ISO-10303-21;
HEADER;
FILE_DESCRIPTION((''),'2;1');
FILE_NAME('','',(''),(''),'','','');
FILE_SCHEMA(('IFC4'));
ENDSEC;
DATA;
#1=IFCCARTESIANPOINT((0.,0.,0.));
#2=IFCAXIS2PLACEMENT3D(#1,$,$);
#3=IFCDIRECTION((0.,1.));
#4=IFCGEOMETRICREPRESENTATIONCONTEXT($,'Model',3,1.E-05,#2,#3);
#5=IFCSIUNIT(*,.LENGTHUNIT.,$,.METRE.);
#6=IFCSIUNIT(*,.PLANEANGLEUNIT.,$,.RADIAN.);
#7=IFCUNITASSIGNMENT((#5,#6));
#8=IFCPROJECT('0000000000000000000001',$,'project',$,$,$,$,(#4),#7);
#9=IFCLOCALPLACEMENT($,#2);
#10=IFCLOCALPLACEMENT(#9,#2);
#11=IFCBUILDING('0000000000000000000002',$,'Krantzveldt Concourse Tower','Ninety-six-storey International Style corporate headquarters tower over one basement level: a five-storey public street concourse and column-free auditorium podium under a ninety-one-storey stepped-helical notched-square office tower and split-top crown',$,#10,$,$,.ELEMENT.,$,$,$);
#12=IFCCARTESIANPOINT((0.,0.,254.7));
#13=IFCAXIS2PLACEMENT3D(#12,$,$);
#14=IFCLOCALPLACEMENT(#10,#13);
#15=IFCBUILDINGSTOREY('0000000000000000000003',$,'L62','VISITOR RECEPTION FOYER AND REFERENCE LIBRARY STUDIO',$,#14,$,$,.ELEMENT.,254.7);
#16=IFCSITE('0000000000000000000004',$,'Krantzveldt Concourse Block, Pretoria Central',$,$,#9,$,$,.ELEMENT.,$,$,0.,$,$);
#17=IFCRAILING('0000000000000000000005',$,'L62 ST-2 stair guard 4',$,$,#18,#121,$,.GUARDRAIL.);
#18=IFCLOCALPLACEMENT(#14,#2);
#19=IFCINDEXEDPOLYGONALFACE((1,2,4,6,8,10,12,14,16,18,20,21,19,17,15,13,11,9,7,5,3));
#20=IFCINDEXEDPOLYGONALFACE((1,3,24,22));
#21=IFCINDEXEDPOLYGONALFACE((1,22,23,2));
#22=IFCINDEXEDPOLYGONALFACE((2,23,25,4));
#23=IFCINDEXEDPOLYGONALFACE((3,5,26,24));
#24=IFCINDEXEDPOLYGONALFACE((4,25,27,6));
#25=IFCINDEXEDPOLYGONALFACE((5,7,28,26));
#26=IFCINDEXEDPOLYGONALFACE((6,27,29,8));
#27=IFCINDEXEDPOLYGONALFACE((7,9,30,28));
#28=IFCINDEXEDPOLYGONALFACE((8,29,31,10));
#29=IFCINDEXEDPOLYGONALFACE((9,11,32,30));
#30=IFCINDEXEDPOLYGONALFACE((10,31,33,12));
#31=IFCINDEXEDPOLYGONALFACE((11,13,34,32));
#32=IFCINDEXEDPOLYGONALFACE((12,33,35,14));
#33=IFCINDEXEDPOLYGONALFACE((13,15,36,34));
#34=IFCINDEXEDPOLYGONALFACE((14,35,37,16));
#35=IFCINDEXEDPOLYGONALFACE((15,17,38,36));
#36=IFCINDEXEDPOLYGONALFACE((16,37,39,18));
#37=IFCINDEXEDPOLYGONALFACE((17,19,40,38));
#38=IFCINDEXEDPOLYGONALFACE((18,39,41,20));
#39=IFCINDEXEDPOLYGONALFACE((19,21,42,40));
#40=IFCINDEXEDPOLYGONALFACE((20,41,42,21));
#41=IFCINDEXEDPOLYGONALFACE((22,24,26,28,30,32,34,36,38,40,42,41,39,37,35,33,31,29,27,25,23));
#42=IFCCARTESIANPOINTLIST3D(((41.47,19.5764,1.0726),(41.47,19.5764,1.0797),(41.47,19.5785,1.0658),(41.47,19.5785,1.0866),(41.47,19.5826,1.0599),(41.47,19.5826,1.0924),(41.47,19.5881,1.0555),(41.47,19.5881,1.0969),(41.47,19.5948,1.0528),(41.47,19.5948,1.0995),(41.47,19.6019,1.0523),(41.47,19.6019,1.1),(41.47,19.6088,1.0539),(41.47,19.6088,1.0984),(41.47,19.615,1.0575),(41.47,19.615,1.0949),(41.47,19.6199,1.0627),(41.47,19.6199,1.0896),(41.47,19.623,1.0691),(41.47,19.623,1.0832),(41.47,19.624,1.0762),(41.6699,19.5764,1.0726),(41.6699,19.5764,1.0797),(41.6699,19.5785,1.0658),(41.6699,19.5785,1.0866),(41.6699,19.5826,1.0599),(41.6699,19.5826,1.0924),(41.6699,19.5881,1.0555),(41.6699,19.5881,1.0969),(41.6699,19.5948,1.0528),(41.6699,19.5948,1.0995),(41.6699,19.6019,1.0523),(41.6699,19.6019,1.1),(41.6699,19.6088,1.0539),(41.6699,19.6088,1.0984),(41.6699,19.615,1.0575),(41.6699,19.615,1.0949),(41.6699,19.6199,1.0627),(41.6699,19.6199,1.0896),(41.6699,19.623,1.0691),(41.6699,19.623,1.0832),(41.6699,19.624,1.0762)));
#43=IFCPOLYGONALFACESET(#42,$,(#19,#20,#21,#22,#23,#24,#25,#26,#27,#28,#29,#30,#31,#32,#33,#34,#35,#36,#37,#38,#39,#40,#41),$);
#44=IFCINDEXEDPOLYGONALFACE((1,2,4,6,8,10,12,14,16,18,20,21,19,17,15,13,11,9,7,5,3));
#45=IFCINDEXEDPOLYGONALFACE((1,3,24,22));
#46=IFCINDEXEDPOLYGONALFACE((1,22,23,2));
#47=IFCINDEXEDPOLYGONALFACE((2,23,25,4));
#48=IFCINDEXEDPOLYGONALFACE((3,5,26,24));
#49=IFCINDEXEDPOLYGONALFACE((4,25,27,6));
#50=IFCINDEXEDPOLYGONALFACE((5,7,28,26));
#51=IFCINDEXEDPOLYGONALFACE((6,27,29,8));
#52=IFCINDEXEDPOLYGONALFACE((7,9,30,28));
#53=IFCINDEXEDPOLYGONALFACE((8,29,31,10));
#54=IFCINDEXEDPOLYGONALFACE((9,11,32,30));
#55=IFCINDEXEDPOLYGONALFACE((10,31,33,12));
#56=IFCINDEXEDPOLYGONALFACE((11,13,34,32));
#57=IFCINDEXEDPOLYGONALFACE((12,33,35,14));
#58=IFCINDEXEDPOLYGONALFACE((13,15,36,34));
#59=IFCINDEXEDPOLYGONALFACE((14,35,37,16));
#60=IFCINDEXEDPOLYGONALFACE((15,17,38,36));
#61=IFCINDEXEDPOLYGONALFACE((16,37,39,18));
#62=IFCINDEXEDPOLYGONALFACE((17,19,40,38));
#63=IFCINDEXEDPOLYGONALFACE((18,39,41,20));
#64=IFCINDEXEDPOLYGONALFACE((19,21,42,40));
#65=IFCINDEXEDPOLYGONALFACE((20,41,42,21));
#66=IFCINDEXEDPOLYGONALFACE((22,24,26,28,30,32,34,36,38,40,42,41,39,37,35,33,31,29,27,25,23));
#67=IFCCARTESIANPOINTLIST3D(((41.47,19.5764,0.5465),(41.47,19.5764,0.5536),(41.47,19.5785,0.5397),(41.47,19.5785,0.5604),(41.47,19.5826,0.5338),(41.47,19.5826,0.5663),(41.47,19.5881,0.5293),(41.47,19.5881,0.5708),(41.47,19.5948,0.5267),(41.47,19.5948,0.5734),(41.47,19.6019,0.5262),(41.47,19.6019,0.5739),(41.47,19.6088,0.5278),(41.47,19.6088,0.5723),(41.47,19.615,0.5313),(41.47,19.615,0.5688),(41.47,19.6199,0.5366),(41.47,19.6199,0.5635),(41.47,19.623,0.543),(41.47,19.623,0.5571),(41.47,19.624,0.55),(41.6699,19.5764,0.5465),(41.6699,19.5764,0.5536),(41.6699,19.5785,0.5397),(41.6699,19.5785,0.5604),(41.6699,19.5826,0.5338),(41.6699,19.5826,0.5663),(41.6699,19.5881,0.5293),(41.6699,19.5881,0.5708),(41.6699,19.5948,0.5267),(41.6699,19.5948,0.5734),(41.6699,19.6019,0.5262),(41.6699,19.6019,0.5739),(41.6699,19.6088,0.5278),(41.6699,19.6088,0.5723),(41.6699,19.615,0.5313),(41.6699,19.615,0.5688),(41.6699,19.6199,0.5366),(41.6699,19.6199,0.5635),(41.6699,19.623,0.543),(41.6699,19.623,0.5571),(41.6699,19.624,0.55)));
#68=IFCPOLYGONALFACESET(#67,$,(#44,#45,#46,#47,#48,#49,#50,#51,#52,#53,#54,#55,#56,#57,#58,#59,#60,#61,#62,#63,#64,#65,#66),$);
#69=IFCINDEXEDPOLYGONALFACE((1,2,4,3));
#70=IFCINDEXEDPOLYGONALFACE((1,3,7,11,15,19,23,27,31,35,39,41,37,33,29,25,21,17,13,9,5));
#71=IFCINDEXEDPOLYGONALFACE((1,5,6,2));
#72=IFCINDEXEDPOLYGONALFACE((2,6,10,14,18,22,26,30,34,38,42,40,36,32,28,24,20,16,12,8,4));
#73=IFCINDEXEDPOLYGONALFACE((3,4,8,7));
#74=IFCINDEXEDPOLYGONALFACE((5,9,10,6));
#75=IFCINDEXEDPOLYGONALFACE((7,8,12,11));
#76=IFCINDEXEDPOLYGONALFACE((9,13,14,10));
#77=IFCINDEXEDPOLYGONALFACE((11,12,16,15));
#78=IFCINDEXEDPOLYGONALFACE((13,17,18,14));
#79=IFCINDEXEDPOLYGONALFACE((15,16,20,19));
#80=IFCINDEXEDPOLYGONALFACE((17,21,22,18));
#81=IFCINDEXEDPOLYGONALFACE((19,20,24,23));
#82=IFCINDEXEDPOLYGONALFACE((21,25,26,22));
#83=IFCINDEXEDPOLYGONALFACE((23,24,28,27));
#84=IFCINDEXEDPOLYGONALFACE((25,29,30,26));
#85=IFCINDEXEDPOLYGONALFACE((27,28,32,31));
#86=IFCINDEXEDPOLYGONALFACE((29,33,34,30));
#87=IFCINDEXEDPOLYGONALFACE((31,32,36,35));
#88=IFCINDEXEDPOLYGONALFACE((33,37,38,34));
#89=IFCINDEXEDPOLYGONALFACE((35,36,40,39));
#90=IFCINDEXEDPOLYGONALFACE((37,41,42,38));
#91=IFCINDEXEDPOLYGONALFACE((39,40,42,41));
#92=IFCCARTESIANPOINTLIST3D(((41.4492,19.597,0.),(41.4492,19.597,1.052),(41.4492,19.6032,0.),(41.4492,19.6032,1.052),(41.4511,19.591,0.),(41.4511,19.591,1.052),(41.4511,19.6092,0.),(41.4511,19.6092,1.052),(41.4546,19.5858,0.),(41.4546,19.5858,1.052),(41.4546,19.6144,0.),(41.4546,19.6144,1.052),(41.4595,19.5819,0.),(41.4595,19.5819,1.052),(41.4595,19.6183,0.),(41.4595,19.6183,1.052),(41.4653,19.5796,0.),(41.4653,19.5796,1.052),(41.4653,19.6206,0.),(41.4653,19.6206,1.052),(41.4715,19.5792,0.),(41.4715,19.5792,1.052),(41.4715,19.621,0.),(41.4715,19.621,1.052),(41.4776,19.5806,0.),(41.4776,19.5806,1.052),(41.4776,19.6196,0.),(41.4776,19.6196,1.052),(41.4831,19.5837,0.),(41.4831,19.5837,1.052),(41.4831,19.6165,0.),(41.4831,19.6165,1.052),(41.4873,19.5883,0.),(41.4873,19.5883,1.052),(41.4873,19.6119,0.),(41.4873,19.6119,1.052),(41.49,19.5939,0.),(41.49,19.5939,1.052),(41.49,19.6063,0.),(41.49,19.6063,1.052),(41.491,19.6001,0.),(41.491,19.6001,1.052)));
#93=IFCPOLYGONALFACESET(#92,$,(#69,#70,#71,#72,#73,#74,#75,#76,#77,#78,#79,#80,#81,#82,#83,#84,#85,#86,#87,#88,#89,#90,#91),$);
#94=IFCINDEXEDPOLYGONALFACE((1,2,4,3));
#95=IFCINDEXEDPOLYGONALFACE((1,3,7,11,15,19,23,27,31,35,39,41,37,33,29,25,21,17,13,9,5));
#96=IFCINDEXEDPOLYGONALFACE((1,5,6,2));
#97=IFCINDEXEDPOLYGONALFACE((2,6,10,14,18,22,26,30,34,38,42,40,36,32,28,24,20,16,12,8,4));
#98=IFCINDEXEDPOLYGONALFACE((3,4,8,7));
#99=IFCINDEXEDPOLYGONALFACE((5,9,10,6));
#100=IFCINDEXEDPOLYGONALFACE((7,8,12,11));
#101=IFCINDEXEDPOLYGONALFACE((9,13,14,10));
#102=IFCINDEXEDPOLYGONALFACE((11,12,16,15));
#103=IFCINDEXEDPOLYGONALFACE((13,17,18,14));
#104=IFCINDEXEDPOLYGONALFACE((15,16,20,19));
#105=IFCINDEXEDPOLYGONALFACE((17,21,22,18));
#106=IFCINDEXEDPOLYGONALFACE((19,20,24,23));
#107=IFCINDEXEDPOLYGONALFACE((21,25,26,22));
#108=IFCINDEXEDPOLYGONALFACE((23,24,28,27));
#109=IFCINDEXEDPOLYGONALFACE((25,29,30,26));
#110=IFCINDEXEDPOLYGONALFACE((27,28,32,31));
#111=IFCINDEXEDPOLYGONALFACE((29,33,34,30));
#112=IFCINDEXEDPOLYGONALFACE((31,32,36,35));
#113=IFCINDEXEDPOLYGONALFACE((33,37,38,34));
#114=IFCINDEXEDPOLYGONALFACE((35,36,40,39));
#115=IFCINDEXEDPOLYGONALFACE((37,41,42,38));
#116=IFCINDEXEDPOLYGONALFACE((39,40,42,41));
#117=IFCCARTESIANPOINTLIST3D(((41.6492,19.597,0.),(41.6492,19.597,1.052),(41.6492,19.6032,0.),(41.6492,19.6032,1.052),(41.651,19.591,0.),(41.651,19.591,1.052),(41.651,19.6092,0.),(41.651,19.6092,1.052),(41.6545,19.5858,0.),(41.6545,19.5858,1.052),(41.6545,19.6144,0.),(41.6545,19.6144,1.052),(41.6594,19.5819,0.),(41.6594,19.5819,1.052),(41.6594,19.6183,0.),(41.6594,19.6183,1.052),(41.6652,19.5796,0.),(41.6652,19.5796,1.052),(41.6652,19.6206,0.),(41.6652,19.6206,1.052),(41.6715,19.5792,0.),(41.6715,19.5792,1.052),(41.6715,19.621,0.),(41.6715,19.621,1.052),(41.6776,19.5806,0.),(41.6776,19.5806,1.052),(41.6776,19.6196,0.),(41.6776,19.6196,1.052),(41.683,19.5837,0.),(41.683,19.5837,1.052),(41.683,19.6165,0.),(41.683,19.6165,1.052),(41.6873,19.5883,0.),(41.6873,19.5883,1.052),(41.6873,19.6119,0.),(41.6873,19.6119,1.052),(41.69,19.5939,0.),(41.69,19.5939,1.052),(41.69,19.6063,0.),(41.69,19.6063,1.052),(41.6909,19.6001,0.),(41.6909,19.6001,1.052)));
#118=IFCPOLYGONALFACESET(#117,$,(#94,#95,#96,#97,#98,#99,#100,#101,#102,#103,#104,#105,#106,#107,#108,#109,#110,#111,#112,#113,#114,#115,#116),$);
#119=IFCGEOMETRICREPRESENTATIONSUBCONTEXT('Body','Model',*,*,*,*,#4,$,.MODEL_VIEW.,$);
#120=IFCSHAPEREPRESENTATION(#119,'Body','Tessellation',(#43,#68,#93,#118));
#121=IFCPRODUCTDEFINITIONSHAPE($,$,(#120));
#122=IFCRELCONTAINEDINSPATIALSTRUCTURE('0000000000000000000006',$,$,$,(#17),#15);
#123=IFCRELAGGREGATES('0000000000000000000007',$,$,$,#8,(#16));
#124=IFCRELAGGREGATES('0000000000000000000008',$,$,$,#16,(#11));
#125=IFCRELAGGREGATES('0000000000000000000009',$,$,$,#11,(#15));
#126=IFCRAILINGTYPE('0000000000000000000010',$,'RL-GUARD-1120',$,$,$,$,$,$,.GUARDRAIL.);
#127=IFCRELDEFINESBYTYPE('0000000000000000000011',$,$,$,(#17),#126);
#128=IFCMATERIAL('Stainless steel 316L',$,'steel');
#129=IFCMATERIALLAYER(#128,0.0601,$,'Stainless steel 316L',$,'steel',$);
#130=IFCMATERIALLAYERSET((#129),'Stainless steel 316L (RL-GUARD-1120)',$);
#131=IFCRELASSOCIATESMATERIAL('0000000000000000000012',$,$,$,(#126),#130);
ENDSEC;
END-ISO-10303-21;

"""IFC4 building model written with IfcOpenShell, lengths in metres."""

from ifc_helpers import new_model, si_unit, direction, frame, origin, origin_2d, place, context, subcontext, project, spatial, circle, extrude, material, layer, layer_set, type_object, element, save


model = new_model("IFC4")

# Units and contexts
model_context = context("Model", 3, precision=1e-05, world=origin(), true_north=direction((0.0, 1.0)))
body_context = subcontext(model_context, "Body", "Model", "MODEL_VIEW")
ifc_project = project(units=[si_unit("LENGTHUNIT", "METRE"), si_unit("PLANEANGLEUNIT", "RADIAN")], contexts=[model_context])

# Site, building, storey
site_placement = place(None, origin())
site = spatial("IfcSite", under=ifc_project, at=site_placement, Name="Krantzveldt Concourse Block, Pretoria Central", CompositionType="ELEMENT", RefElevation=0.0)
building_placement = place(site_placement, origin())
building = spatial("IfcBuilding", under=site, at=building_placement, Name="Krantzveldt Concourse Tower", Description="Ninety-six-storey International Style corporate headquarters tower over one basement level: a five-storey public street concourse and column-free auditorium podium under a ninety-one-storey stepped-helical notched-square office tower and split-top crown", CompositionType="ELEMENT")
storey_placement = place(building_placement, frame((0.0, 0.0, 254.7)))
storey = spatial("IfcBuildingStorey", under=building, at=storey_placement, Name="L62", Description="VISITOR RECEPTION FOYER AND REFERENCE LIBRARY STUDIO", CompositionType="ELEMENT", Elevation=254.7)

# Shared definitions
ifc_material_1 = material(Name="Stainless steel 316L", Category="steel")

# Railing
ifc_layer_1 = layer(ifc_material_1, 0.0601, Name="Stainless steel 316L", Category="steel")
ifc_layer_set_1 = layer_set([ifc_layer_1], Name="Stainless steel 316L (RL-GUARD-1120)")
railing_type_1 = type_object("IfcRailingType", Name="RL-GUARD-1120", PredefinedType="GUARDRAIL", material=ifc_layer_set_1)
railing_1_placement = place(storey_placement, frame((41.47, 19.6001, 0.0)))
element("IfcRailing", 1, at=railing_1_placement, inside=storey, type_object=railing_type_1, Name="L62 ST-2 stair guard 4", PredefinedType="GUARDRAIL", context=body_context, shape_type="SweptSolid", body=[
    extrude(circle(Radius=0.0239, at=origin_2d()), frame((0.0, 0.0, 1.0762), z_axis=(1.0, 0.0, 0.0), x_axis=(0.0, 1.0, 0.0)), (0.0, 0.0, 1.0), 0.2),
    extrude(circle(Radius=0.0239, at=origin_2d()), frame((0.0, 0.0, 0.55), z_axis=(1.0, 0.0, 0.0), x_axis=(0.0, 1.0, 0.0)), (0.0, 0.0, 1.0), 0.2),
    extrude(circle(Radius=0.021, at=origin_2d()), origin(), (0.0, 0.0, 1.0), 1.052),
    extrude(circle(Radius=0.021, at=origin_2d()), frame((0.2, 0.0, 0.0)), (0.0, 0.0, 1.0), 1.052),
])

save(model, "model.ifc")
